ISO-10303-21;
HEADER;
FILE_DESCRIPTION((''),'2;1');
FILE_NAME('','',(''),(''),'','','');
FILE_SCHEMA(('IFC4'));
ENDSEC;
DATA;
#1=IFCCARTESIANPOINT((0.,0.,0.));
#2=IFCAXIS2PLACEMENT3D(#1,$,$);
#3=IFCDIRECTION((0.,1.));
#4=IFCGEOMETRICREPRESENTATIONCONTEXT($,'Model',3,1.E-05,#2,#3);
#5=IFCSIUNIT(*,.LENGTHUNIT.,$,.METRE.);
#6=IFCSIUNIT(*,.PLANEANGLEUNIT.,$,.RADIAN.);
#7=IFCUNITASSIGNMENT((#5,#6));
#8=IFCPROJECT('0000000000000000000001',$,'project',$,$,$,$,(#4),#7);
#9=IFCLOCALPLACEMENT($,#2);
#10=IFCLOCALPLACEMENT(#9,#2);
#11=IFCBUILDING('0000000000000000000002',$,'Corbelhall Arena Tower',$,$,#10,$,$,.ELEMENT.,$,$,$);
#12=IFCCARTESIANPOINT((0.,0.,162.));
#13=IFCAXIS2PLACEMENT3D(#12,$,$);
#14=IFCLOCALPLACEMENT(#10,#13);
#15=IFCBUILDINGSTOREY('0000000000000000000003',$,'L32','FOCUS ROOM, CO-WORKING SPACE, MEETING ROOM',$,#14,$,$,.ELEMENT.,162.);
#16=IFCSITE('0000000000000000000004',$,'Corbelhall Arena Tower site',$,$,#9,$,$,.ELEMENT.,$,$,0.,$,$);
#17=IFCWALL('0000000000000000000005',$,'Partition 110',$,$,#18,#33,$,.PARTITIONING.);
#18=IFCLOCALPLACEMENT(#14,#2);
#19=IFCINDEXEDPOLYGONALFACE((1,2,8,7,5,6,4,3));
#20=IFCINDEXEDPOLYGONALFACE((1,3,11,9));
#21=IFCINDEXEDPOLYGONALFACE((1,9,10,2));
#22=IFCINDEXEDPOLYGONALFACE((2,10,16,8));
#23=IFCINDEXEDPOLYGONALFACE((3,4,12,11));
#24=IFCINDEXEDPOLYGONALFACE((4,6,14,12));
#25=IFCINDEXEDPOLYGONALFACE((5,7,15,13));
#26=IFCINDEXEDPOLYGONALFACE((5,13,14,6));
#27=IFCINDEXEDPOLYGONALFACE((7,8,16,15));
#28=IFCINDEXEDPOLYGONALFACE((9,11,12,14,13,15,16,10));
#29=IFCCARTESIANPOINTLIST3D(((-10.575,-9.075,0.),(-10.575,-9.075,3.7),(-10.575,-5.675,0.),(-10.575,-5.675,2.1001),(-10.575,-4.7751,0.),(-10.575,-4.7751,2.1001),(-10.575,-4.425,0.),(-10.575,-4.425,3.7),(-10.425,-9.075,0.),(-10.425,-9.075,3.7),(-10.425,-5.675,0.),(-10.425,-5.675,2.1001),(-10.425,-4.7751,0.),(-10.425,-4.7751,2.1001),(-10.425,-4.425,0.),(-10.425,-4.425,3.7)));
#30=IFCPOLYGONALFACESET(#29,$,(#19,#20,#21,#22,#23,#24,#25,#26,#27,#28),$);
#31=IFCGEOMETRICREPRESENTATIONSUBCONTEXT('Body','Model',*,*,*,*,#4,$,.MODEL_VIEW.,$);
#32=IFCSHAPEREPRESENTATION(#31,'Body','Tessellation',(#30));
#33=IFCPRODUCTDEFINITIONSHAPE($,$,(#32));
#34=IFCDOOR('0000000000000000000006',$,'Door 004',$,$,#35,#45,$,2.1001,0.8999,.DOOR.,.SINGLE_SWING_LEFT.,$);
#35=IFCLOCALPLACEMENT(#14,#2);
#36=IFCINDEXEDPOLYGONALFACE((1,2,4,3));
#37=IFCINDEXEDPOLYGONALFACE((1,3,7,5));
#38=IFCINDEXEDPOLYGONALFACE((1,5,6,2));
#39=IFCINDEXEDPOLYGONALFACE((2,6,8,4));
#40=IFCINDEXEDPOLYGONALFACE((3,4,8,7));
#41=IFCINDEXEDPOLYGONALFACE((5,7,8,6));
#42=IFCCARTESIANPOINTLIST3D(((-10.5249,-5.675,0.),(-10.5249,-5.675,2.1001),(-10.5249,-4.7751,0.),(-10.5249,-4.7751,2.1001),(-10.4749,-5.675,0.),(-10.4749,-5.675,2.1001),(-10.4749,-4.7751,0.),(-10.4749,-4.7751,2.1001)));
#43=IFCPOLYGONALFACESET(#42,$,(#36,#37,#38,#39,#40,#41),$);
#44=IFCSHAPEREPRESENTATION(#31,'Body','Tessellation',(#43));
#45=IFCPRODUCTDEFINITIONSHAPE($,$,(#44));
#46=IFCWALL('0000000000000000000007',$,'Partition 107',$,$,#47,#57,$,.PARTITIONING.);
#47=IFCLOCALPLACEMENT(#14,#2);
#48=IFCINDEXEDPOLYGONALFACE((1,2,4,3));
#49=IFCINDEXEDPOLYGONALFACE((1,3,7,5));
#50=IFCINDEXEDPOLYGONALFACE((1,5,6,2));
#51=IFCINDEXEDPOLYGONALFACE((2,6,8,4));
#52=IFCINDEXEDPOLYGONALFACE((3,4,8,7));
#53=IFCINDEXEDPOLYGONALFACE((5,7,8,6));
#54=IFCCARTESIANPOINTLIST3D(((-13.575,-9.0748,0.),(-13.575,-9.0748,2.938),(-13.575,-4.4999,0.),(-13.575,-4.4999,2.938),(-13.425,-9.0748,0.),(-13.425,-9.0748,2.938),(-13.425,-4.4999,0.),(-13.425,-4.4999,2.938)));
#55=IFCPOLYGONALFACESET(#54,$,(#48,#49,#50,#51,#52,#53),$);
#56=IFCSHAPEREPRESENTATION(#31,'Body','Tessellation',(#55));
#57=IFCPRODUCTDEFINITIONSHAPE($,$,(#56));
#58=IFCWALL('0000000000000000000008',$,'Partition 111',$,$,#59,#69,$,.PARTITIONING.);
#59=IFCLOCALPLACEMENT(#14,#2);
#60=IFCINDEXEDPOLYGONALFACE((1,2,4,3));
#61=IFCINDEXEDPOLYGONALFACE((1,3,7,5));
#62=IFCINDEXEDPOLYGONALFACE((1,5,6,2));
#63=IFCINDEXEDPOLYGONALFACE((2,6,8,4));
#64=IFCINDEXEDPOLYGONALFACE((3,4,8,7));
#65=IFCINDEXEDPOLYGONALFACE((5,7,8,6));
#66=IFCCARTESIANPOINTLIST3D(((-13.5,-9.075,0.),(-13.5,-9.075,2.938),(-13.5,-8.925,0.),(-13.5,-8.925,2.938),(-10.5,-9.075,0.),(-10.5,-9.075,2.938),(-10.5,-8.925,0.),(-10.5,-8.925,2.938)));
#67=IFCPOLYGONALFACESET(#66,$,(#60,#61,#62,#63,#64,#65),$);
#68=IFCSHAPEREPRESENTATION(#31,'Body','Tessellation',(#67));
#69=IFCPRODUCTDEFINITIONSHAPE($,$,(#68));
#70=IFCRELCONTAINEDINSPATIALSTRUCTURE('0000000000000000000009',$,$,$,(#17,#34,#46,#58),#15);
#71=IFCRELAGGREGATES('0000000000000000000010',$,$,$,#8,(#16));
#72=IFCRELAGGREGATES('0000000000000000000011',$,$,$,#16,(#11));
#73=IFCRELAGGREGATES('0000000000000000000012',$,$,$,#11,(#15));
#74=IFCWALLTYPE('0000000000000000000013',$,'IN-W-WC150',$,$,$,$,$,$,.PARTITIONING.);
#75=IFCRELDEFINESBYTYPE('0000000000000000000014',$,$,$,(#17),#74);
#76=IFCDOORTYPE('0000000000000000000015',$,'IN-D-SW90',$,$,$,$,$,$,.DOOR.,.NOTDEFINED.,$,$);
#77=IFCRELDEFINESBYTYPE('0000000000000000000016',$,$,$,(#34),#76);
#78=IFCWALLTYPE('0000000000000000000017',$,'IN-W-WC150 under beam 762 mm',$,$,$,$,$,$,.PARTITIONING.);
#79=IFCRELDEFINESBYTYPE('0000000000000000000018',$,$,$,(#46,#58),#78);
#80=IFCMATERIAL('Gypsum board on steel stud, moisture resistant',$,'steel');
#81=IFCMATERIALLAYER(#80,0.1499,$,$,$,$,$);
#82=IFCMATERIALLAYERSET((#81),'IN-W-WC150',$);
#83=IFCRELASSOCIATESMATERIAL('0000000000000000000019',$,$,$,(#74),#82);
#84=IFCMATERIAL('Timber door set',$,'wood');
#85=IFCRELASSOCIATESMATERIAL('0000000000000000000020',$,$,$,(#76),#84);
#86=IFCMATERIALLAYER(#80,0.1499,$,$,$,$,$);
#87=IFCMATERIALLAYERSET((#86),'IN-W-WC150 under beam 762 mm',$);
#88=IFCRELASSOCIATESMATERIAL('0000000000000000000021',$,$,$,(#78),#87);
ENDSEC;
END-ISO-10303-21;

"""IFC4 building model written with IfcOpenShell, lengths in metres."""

from ifc_helpers import new_model, si_unit, direction, frame, frame_2d, origin, place, context, subcontext, project, spatial, rectangle, extrude, material, layer, layer_set, type_object, element, fill, save


model = new_model("IFC4")

# Units and contexts
model_context = context("Model", 3, precision=1e-05, world=origin(), true_north=direction((0.0, 1.0)))
body_context = subcontext(model_context, "Body", "Model", "MODEL_VIEW")
ifc_project = project(units=[si_unit("LENGTHUNIT", "METRE"), si_unit("PLANEANGLEUNIT", "RADIAN")], contexts=[model_context])

# Site, building, storey
site_placement = place(None, origin())
site = spatial("IfcSite", under=ifc_project, at=site_placement, Name="Corbelhall Arena Tower site", CompositionType="ELEMENT", RefElevation=0.0)
building_placement = place(site_placement, origin())
building = spatial("IfcBuilding", under=site, at=building_placement, Name="Corbelhall Arena Tower", CompositionType="ELEMENT")
storey_placement = place(building_placement, frame((0.0, 0.0, 162.0)))
storey = spatial("IfcBuildingStorey", under=building, at=storey_placement, Name="L32", Description="FOCUS ROOM, CO-WORKING SPACE, MEETING ROOM", CompositionType="ELEMENT", Elevation=162.0)

# Wall, opening, door
ifc_material_1 = material(Name="Gypsum board on steel stud, moisture resistant", Category="steel")
ifc_layer_1 = layer(ifc_material_1, 0.1499)
ifc_layer_set_1 = layer_set([ifc_layer_1], Name="IN-W-WC150")
wall_type_1 = type_object("IfcWallType", Name="IN-W-WC150", PredefinedType="PARTITIONING", material=ifc_layer_set_1)
wall_1_placement = place(storey_placement, frame((-10.5, -9.075, 0.0), z_axis=(0.0, 0.0, 1.0), x_axis=(0.0, 1.0, 0.0)))
wall_1 = element("IfcWall", 1, at=wall_1_placement, inside=storey, type_object=wall_type_1, Name="Partition 110", PredefinedType="PARTITIONING", context=body_context, shape_type="SweptSolid", body=[
    extrude(rectangle(XDim=4.6499, YDim=0.1499, at=frame_2d((2.325, 0.0))), origin(), (0.0, 0.0, 1.0), 3.7),
])
opening_1_placement = place(wall_1_placement, frame((3.3999, 0.0, 0.0)))
opening_1 = element("IfcOpeningElement", 2, at=opening_1_placement, cuts=wall_1, PredefinedType="OPENING", context=body_context, shape_type="SweptSolid", body=[
    extrude(rectangle(XDim=0.8999, YDim=2.1001, at=frame_2d((0.45, 1.05))), frame((0.0, 0.075, 0.0), z_axis=(0.0, -1.0, 0.0), x_axis=(1.0, 0.0, 0.0)), (0.0, 0.0, 1.0), 0.1499),
])
ifc_material_2 = material(Name="Timber door set", Category="wood")
door_type_1 = type_object("IfcDoorType", Name="IN-D-SW90", OperationType="NOTDEFINED", PredefinedType="DOOR", material=ifc_material_2)
door_1_placement = place(opening_1_placement, origin())
door_1 = element("IfcDoor", 3, at=door_1_placement, inside=storey, type_object=door_type_1, Name="Door 004", OperationType="SINGLE_SWING_LEFT", OverallHeight=2.1001, OverallWidth=0.8999, PredefinedType="DOOR", context=body_context, shape_type="SweptSolid", body=[
    extrude(rectangle(XDim=0.8999, YDim=2.1001, at=frame_2d((0.45, 1.05))), frame((0.0, 0.0249, 0.0), z_axis=(0.0, -1.0, 0.0), x_axis=(1.0, 0.0, 0.0)), (0.0, 0.0, 1.0), 0.05),
])
fill(opening_1, door_1)

# Walls
ifc_layer_2 = layer(ifc_material_1, 0.1499)
ifc_layer_set_2 = layer_set([ifc_layer_2], Name="IN-W-WC150 under beam 762 mm")
wall_type_2 = type_object("IfcWallType", Name="IN-W-WC150 under beam 762 mm", PredefinedType="PARTITIONING", material=ifc_layer_set_2)
wall_2_placement = place(storey_placement, frame((-13.5, -9.075, 0.0), z_axis=(0.0, 0.0, 1.0), x_axis=(0.0, 1.0, 0.0)))
element("IfcWall", 4, at=wall_2_placement, inside=storey, type_object=wall_type_2, Name="Partition 107", PredefinedType="PARTITIONING", context=body_context, shape_type="SweptSolid", body=[
    extrude(rectangle(XDim=4.575, YDim=0.1499, at=frame_2d((2.2876, 0.0))), origin(), (0.0, 0.0, 1.0), 2.938),
])
wall_3_placement = place(storey_placement, frame((-10.5, -9.0, 0.0), z_axis=(0.0, 0.0, 1.0), x_axis=(-1.0, 0.0, 0.0)))
element("IfcWall", 5, at=wall_3_placement, inside=storey, type_object=wall_type_2, Name="Partition 111", PredefinedType="PARTITIONING", context=body_context, shape_type="SweptSolid", body=[
    extrude(rectangle(XDim=3.0, YDim=0.1499, at=frame_2d((1.5, 0.0))), origin(), (0.0, 0.0, 1.0), 2.938),
])

save(model, "model.ifc")
